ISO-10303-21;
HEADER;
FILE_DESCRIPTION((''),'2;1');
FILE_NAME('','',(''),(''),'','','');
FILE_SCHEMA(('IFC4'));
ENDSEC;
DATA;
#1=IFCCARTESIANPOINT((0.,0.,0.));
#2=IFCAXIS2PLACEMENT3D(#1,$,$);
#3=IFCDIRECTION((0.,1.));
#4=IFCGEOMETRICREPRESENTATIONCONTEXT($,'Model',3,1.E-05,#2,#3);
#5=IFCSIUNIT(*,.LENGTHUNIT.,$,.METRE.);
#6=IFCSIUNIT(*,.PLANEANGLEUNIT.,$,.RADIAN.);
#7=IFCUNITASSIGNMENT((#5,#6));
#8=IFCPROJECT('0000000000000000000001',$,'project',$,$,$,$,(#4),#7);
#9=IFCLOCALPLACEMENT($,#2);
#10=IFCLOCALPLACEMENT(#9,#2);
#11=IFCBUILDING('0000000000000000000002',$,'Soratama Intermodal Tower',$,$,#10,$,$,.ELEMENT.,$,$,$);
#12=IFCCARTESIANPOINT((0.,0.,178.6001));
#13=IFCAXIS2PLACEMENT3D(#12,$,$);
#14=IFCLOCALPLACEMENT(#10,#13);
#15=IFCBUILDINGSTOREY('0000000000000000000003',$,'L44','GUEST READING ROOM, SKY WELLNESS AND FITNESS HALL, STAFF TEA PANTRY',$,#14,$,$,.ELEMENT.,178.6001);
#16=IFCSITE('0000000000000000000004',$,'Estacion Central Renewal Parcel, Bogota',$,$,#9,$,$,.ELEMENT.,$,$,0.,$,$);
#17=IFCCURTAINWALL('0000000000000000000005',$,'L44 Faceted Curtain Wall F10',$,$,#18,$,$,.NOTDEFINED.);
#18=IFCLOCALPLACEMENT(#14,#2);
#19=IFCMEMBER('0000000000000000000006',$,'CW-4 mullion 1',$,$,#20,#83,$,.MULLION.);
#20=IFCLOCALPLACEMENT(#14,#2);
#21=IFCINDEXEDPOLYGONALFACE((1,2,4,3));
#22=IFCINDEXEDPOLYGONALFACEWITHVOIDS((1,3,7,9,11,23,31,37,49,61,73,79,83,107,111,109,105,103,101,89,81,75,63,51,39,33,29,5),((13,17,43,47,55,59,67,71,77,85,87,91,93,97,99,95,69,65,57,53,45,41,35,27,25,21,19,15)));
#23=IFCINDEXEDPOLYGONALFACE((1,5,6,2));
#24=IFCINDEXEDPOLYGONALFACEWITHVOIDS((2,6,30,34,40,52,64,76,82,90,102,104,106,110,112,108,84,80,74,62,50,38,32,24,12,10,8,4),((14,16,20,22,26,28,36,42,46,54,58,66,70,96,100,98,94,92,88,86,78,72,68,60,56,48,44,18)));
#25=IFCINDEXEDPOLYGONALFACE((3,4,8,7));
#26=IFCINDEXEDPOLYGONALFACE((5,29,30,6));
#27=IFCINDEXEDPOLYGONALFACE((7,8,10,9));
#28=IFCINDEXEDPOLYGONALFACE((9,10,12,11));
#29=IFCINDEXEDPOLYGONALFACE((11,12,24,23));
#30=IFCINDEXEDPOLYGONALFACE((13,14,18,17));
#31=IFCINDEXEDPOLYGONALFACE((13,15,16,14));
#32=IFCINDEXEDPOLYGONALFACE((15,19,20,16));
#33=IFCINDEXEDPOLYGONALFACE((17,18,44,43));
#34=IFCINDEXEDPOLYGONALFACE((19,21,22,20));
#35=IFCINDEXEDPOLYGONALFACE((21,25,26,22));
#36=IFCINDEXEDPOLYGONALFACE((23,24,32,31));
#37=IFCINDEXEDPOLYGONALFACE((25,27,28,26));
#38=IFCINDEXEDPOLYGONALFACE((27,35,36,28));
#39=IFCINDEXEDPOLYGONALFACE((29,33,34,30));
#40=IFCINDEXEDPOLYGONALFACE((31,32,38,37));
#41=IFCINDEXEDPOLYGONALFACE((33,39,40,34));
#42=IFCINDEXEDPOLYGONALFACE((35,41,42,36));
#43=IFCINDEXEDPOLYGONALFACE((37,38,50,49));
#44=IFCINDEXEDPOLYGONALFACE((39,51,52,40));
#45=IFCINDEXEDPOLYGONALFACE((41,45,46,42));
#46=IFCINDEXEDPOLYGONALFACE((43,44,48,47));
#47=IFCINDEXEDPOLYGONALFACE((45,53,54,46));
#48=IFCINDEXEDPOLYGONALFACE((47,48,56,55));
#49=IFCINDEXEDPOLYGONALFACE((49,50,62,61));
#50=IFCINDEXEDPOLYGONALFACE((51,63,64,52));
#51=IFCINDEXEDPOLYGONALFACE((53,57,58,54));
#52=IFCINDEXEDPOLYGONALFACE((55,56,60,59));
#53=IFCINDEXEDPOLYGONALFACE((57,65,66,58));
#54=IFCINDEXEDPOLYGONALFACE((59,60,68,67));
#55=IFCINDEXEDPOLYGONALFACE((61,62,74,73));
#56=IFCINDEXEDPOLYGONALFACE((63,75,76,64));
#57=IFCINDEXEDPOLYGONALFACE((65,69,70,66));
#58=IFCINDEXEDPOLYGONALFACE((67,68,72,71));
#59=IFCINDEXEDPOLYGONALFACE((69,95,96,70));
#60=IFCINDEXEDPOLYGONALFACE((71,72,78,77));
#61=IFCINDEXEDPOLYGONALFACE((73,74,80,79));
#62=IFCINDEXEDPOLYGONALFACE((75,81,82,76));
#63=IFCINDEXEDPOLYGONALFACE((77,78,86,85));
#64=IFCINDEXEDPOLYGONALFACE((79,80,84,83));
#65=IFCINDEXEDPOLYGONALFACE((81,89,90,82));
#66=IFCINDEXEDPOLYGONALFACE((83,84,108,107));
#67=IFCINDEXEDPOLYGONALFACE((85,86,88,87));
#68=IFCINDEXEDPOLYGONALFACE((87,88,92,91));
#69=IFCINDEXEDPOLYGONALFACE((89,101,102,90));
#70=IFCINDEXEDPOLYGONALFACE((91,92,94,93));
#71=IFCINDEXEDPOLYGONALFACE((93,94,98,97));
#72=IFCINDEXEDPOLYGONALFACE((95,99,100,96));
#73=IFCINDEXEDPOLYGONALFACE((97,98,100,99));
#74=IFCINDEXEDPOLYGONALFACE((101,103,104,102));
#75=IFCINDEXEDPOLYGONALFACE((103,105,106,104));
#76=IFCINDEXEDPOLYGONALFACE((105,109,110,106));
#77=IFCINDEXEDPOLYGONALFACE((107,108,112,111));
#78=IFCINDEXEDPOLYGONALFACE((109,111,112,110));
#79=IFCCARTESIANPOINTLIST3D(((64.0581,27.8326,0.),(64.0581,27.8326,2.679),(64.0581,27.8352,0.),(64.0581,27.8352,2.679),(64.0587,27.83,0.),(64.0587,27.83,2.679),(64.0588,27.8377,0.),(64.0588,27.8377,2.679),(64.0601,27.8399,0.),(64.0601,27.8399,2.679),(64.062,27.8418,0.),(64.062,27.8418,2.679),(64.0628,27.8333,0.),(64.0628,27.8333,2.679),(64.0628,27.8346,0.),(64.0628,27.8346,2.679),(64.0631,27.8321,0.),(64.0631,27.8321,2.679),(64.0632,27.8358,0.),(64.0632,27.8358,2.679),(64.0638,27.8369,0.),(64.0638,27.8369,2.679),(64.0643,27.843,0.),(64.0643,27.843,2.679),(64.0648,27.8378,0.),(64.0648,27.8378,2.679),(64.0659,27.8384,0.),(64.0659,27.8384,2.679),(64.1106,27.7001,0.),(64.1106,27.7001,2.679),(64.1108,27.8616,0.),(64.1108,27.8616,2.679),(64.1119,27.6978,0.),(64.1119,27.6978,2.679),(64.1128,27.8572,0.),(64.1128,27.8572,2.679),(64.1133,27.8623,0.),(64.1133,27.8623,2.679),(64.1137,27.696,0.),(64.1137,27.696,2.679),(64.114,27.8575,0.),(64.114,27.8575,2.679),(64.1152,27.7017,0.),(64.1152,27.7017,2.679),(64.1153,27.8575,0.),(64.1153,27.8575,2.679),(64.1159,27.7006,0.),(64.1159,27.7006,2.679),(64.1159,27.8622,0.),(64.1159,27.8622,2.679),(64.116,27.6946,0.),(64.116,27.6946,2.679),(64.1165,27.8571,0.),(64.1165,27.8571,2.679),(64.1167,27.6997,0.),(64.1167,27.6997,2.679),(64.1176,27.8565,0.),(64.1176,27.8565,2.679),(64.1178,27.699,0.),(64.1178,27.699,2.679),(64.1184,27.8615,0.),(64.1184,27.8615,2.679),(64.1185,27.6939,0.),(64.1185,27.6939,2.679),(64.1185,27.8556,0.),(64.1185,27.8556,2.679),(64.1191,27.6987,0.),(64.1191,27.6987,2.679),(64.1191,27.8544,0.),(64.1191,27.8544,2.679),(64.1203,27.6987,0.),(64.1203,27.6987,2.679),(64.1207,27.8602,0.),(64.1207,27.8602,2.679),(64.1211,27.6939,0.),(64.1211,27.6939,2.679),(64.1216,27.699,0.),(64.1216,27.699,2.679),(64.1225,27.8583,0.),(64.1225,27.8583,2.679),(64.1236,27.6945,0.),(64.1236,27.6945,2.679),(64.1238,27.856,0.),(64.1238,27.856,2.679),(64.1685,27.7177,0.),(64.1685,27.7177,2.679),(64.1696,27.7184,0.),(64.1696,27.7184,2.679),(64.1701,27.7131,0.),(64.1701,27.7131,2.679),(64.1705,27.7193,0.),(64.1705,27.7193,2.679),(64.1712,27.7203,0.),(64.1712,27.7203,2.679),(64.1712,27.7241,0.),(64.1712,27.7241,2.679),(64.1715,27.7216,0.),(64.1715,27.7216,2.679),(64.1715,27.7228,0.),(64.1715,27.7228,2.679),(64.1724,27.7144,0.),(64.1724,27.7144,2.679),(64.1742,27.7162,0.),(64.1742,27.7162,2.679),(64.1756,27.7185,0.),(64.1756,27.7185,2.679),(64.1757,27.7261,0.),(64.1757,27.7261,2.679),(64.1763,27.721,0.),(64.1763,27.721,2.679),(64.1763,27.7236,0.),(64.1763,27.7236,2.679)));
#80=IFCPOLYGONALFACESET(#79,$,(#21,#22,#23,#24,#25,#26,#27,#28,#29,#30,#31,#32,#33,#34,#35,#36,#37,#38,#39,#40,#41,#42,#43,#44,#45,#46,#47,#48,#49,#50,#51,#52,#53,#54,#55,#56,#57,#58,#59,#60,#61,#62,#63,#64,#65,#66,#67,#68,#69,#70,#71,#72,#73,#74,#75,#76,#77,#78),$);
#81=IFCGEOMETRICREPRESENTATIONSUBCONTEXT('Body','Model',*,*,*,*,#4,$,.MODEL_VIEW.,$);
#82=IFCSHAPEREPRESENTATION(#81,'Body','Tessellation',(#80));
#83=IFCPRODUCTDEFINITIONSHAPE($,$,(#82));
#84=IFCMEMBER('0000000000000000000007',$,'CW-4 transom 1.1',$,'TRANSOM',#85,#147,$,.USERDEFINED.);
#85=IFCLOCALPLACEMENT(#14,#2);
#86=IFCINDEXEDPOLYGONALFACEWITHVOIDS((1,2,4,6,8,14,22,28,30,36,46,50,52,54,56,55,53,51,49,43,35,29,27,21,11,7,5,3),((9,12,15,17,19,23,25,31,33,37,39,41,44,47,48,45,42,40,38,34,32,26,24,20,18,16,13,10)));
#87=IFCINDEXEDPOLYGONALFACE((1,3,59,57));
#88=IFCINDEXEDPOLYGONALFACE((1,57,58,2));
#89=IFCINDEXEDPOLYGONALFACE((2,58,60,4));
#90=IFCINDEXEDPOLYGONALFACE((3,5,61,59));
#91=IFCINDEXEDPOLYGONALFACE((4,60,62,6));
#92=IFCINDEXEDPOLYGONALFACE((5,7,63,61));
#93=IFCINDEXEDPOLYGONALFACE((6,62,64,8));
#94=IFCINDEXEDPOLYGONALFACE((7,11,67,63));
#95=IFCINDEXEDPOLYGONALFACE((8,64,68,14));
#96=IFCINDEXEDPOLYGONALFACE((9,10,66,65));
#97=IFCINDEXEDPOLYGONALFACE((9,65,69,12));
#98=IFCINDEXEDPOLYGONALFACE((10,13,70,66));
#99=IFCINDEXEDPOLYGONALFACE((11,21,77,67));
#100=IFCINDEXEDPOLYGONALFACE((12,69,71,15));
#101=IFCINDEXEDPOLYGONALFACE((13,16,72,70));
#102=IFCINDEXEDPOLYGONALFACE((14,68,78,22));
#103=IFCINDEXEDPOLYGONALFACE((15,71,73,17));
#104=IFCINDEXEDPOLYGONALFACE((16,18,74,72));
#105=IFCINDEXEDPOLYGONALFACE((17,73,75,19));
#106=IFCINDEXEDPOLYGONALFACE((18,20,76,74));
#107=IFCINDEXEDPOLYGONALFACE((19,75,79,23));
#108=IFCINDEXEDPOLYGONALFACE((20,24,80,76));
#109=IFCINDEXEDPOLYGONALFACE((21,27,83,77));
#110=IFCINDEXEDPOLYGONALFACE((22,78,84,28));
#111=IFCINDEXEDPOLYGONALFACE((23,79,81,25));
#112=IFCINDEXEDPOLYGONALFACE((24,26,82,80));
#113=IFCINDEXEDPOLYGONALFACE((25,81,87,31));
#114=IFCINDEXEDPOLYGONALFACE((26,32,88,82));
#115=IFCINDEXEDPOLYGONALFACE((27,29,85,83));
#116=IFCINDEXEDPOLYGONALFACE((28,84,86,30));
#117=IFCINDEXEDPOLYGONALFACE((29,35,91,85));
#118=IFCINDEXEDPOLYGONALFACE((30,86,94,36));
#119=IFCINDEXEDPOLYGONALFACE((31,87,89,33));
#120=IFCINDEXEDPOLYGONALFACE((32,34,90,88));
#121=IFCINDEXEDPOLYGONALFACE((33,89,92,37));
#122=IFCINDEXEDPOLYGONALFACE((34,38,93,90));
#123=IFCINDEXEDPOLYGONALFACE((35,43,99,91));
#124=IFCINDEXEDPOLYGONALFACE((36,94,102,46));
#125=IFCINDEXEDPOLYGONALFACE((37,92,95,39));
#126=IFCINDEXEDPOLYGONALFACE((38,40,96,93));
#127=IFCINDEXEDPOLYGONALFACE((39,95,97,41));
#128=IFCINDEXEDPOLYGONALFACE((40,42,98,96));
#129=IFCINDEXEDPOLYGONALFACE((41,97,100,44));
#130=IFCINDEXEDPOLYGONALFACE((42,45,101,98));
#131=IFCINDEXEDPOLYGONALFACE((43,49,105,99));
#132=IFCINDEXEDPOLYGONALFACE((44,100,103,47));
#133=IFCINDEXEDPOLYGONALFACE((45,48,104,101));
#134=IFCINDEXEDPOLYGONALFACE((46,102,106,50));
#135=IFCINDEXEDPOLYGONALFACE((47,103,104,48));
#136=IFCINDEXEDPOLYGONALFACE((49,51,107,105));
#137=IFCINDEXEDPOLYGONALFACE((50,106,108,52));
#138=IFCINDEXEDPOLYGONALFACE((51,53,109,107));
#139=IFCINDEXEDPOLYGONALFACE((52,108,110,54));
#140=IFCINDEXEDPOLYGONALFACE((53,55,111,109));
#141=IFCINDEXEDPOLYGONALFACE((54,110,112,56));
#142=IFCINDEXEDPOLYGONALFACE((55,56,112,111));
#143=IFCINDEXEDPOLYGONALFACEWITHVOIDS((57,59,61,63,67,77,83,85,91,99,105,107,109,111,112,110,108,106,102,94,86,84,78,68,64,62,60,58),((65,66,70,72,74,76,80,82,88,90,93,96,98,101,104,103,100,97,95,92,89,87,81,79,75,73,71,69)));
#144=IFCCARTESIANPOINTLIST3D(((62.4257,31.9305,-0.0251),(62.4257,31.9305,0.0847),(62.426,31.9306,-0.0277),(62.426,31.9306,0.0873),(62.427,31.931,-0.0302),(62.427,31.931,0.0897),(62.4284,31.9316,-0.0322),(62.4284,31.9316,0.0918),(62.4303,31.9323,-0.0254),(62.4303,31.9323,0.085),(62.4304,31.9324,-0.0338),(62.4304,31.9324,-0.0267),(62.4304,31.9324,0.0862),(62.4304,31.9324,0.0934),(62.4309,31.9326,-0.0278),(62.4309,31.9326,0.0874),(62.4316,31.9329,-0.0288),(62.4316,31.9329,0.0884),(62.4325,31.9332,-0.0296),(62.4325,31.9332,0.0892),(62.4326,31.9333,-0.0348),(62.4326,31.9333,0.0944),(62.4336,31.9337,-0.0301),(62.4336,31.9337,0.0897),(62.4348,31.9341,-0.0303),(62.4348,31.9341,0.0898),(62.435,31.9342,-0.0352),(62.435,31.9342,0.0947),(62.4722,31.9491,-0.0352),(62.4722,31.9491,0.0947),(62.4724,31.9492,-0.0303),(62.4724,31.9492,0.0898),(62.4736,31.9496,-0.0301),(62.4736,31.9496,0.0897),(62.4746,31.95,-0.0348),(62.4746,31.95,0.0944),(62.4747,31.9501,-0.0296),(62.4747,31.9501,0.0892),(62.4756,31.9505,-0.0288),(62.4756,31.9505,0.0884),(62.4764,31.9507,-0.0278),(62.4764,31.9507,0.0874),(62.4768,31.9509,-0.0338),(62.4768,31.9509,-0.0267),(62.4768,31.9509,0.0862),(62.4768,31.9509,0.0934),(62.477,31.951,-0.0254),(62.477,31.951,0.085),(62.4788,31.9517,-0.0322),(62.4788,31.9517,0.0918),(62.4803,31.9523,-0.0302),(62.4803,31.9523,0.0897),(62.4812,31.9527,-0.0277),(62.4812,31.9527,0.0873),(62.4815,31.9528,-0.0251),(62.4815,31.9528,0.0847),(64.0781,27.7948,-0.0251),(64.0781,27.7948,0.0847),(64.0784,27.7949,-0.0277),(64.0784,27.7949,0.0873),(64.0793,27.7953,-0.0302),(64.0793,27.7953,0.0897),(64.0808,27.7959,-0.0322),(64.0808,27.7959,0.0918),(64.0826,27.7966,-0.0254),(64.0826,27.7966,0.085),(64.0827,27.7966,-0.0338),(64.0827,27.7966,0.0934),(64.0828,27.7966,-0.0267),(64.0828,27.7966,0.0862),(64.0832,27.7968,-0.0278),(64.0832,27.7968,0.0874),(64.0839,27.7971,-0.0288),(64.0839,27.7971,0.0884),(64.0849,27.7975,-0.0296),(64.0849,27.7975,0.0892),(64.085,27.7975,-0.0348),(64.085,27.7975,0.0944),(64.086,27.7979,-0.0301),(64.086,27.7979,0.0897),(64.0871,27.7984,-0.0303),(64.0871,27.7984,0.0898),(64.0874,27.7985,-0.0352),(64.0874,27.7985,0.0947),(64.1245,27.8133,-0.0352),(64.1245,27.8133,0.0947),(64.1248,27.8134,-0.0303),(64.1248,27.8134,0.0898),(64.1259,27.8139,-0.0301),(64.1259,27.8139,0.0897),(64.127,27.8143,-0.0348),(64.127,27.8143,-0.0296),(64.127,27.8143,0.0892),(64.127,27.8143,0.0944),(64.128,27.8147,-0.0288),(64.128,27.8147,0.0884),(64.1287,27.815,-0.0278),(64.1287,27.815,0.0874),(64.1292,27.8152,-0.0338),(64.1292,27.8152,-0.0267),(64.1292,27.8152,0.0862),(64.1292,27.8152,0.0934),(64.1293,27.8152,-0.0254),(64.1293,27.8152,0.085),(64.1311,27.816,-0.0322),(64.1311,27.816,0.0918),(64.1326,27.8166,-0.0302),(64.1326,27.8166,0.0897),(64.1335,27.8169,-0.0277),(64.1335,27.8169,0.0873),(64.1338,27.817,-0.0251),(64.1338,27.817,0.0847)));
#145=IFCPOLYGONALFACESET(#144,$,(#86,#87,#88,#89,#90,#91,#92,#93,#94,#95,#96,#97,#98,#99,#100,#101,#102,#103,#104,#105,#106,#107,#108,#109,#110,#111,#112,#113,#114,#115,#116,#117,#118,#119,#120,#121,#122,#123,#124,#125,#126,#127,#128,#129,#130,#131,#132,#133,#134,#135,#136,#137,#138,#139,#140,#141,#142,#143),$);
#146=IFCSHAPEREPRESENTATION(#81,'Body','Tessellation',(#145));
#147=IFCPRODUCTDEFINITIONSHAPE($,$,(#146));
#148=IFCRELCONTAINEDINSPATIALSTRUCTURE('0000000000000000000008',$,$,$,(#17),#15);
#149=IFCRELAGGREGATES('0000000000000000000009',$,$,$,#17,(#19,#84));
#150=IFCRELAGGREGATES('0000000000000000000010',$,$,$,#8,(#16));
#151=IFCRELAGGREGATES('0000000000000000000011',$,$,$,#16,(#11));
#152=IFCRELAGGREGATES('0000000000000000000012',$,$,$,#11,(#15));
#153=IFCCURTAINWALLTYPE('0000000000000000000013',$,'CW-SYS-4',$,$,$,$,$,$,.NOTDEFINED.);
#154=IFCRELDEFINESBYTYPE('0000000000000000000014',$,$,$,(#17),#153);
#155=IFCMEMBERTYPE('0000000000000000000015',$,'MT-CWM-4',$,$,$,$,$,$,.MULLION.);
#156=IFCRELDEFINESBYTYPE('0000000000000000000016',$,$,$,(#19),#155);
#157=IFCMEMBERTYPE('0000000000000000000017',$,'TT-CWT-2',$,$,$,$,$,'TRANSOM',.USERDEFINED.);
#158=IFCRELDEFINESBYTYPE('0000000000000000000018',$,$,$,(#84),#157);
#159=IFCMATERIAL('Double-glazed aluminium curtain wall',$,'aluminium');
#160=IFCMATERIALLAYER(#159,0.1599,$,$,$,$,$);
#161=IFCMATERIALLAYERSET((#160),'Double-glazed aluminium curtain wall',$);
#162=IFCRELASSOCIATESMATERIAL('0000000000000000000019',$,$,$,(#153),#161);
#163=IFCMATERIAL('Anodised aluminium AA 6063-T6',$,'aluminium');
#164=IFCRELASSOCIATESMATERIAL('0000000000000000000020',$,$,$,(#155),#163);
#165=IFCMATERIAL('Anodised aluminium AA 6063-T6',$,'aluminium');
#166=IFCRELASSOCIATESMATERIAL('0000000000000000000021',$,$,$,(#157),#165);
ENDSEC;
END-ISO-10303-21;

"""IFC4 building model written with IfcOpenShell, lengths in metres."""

from ifc_helpers import new_model, si_unit, direction, frame, origin, origin_2d, place, context, subcontext, project, spatial, hollow_rectangle, extrude, material, layer, layer_set, material_profile, profile_set, type_object, element, aggregate, save


model = new_model("IFC4")

# Units and contexts
model_context = context("Model", 3, precision=1e-05, world=origin(), true_north=direction((0.0, 1.0)))
body_context = subcontext(model_context, "Body", "Model", "MODEL_VIEW")
ifc_project = project(units=[si_unit("LENGTHUNIT", "METRE"), si_unit("PLANEANGLEUNIT", "RADIAN")], contexts=[model_context])

# Site, building, storey
site_placement = place(None, origin())
site = spatial("IfcSite", under=ifc_project, at=site_placement, Name="Estacion Central Renewal Parcel, Bogota", CompositionType="ELEMENT", RefElevation=0.0)
building_placement = place(site_placement, origin())
building = spatial("IfcBuilding", under=site, at=building_placement, Name="Soratama Intermodal Tower", CompositionType="ELEMENT")
storey_placement = place(building_placement, frame((0.0, 0.0, 178.6001)))
storey = spatial("IfcBuildingStorey", under=building, at=storey_placement, Name="L44", Description="GUEST READING ROOM, SKY WELLNESS AND FITNESS HALL, STAFF TEA PANTRY", CompositionType="ELEMENT", Elevation=178.6001)

# Curtain wall, members
ifc_material_1 = material(Name="Double-glazed aluminium curtain wall", Category="aluminium")
ifc_layer_1 = layer(ifc_material_1, 0.1599)
ifc_layer_set_1 = layer_set([ifc_layer_1], Name="Double-glazed aluminium curtain wall")
curtain_wall_type = type_object("IfcCurtainWallType", Name="CW-SYS-4", PredefinedType="NOTDEFINED", material=ifc_layer_set_1)
curtain_wall_placement = place(storey_placement, origin())
curtain_wall = element("IfcCurtainWall", 1, at=curtain_wall_placement, inside=storey, type_object=curtain_wall_type, Name="L44 Faceted Curtain Wall F10", PredefinedType="NOTDEFINED")
ifc_material_2 = material(Name="Anodised aluminium AA 6063-T6", Category="aluminium")
ifc_material_profile_1 = material_profile(ifc_material_2, hollow_rectangle(XDim=0.0701, YDim=0.1599, WallThickness=0.0049, InnerFilletRadius=0.0049, OuterFilletRadius=0.01, at=origin_2d()), Name="CWM160X70X5")
ifc_profile_set_1 = profile_set([ifc_material_profile_1], Name="Anodised aluminium AA 6063-T6")
member_type_1 = type_object("IfcMemberType", Name="MT-CWM-4", PredefinedType="MULLION", material=ifc_profile_set_1)
member_1_placement = place(storey_placement, frame((64.1172, 27.7781, 0.0), z_axis=(0.0, 0.0, 1.0), x_axis=(-0.928618, -0.371038, 0.0)))
member_1 = element("IfcMember", 2, at=member_1_placement, type_object=member_type_1, Name="CW-4 mullion 1", PredefinedType="MULLION", context=body_context, shape_type="SweptSolid", body=[
    extrude(hollow_rectangle(XDim=0.0701, YDim=0.1599, WallThickness=0.0049, InnerFilletRadius=0.0049, OuterFilletRadius=0.01, at=origin_2d()), origin(), (0.0, 0.0, 1.0), 2.679),
])
ifc_material_3 = material(Name="Anodised aluminium AA 6063-T6", Category="aluminium")
ifc_material_profile_2 = material_profile(ifc_material_3, hollow_rectangle(XDim=0.0601, YDim=0.1299, WallThickness=0.0049, InnerFilletRadius=0.0049, OuterFilletRadius=0.01, at=origin_2d()), Name="CWT130X60X5")
ifc_profile_set_2 = profile_set([ifc_material_profile_2], Name="Anodised aluminium AA 6063-T6")
member_type_2 = type_object("IfcMemberType", Name="TT-CWT-2", ElementType="TRANSOM", PredefinedType="USERDEFINED", material=ifc_profile_set_2)
member_2_placement = place(storey_placement, frame((64.106, 27.8059, 0.0298), z_axis=(-0.371013, 0.928628, 0.0), x_axis=(-0.928628, -0.371013, 0.0)))
member_2 = element("IfcMember", 3, at=member_2_placement, type_object=member_type_2, Name="CW-4 transom 1.1", ObjectType="TRANSOM", PredefinedType="USERDEFINED", context=body_context, shape_type="SweptSolid", body=[
    extrude(hollow_rectangle(XDim=0.0601, YDim=0.1299, WallThickness=0.0049, InnerFilletRadius=0.0049, OuterFilletRadius=0.01, at=origin_2d()), origin(), (0.0, 0.0, 1.0), 4.4536),
])
aggregate(curtain_wall, [member_1, member_2])

save(model, "model.ifc")
